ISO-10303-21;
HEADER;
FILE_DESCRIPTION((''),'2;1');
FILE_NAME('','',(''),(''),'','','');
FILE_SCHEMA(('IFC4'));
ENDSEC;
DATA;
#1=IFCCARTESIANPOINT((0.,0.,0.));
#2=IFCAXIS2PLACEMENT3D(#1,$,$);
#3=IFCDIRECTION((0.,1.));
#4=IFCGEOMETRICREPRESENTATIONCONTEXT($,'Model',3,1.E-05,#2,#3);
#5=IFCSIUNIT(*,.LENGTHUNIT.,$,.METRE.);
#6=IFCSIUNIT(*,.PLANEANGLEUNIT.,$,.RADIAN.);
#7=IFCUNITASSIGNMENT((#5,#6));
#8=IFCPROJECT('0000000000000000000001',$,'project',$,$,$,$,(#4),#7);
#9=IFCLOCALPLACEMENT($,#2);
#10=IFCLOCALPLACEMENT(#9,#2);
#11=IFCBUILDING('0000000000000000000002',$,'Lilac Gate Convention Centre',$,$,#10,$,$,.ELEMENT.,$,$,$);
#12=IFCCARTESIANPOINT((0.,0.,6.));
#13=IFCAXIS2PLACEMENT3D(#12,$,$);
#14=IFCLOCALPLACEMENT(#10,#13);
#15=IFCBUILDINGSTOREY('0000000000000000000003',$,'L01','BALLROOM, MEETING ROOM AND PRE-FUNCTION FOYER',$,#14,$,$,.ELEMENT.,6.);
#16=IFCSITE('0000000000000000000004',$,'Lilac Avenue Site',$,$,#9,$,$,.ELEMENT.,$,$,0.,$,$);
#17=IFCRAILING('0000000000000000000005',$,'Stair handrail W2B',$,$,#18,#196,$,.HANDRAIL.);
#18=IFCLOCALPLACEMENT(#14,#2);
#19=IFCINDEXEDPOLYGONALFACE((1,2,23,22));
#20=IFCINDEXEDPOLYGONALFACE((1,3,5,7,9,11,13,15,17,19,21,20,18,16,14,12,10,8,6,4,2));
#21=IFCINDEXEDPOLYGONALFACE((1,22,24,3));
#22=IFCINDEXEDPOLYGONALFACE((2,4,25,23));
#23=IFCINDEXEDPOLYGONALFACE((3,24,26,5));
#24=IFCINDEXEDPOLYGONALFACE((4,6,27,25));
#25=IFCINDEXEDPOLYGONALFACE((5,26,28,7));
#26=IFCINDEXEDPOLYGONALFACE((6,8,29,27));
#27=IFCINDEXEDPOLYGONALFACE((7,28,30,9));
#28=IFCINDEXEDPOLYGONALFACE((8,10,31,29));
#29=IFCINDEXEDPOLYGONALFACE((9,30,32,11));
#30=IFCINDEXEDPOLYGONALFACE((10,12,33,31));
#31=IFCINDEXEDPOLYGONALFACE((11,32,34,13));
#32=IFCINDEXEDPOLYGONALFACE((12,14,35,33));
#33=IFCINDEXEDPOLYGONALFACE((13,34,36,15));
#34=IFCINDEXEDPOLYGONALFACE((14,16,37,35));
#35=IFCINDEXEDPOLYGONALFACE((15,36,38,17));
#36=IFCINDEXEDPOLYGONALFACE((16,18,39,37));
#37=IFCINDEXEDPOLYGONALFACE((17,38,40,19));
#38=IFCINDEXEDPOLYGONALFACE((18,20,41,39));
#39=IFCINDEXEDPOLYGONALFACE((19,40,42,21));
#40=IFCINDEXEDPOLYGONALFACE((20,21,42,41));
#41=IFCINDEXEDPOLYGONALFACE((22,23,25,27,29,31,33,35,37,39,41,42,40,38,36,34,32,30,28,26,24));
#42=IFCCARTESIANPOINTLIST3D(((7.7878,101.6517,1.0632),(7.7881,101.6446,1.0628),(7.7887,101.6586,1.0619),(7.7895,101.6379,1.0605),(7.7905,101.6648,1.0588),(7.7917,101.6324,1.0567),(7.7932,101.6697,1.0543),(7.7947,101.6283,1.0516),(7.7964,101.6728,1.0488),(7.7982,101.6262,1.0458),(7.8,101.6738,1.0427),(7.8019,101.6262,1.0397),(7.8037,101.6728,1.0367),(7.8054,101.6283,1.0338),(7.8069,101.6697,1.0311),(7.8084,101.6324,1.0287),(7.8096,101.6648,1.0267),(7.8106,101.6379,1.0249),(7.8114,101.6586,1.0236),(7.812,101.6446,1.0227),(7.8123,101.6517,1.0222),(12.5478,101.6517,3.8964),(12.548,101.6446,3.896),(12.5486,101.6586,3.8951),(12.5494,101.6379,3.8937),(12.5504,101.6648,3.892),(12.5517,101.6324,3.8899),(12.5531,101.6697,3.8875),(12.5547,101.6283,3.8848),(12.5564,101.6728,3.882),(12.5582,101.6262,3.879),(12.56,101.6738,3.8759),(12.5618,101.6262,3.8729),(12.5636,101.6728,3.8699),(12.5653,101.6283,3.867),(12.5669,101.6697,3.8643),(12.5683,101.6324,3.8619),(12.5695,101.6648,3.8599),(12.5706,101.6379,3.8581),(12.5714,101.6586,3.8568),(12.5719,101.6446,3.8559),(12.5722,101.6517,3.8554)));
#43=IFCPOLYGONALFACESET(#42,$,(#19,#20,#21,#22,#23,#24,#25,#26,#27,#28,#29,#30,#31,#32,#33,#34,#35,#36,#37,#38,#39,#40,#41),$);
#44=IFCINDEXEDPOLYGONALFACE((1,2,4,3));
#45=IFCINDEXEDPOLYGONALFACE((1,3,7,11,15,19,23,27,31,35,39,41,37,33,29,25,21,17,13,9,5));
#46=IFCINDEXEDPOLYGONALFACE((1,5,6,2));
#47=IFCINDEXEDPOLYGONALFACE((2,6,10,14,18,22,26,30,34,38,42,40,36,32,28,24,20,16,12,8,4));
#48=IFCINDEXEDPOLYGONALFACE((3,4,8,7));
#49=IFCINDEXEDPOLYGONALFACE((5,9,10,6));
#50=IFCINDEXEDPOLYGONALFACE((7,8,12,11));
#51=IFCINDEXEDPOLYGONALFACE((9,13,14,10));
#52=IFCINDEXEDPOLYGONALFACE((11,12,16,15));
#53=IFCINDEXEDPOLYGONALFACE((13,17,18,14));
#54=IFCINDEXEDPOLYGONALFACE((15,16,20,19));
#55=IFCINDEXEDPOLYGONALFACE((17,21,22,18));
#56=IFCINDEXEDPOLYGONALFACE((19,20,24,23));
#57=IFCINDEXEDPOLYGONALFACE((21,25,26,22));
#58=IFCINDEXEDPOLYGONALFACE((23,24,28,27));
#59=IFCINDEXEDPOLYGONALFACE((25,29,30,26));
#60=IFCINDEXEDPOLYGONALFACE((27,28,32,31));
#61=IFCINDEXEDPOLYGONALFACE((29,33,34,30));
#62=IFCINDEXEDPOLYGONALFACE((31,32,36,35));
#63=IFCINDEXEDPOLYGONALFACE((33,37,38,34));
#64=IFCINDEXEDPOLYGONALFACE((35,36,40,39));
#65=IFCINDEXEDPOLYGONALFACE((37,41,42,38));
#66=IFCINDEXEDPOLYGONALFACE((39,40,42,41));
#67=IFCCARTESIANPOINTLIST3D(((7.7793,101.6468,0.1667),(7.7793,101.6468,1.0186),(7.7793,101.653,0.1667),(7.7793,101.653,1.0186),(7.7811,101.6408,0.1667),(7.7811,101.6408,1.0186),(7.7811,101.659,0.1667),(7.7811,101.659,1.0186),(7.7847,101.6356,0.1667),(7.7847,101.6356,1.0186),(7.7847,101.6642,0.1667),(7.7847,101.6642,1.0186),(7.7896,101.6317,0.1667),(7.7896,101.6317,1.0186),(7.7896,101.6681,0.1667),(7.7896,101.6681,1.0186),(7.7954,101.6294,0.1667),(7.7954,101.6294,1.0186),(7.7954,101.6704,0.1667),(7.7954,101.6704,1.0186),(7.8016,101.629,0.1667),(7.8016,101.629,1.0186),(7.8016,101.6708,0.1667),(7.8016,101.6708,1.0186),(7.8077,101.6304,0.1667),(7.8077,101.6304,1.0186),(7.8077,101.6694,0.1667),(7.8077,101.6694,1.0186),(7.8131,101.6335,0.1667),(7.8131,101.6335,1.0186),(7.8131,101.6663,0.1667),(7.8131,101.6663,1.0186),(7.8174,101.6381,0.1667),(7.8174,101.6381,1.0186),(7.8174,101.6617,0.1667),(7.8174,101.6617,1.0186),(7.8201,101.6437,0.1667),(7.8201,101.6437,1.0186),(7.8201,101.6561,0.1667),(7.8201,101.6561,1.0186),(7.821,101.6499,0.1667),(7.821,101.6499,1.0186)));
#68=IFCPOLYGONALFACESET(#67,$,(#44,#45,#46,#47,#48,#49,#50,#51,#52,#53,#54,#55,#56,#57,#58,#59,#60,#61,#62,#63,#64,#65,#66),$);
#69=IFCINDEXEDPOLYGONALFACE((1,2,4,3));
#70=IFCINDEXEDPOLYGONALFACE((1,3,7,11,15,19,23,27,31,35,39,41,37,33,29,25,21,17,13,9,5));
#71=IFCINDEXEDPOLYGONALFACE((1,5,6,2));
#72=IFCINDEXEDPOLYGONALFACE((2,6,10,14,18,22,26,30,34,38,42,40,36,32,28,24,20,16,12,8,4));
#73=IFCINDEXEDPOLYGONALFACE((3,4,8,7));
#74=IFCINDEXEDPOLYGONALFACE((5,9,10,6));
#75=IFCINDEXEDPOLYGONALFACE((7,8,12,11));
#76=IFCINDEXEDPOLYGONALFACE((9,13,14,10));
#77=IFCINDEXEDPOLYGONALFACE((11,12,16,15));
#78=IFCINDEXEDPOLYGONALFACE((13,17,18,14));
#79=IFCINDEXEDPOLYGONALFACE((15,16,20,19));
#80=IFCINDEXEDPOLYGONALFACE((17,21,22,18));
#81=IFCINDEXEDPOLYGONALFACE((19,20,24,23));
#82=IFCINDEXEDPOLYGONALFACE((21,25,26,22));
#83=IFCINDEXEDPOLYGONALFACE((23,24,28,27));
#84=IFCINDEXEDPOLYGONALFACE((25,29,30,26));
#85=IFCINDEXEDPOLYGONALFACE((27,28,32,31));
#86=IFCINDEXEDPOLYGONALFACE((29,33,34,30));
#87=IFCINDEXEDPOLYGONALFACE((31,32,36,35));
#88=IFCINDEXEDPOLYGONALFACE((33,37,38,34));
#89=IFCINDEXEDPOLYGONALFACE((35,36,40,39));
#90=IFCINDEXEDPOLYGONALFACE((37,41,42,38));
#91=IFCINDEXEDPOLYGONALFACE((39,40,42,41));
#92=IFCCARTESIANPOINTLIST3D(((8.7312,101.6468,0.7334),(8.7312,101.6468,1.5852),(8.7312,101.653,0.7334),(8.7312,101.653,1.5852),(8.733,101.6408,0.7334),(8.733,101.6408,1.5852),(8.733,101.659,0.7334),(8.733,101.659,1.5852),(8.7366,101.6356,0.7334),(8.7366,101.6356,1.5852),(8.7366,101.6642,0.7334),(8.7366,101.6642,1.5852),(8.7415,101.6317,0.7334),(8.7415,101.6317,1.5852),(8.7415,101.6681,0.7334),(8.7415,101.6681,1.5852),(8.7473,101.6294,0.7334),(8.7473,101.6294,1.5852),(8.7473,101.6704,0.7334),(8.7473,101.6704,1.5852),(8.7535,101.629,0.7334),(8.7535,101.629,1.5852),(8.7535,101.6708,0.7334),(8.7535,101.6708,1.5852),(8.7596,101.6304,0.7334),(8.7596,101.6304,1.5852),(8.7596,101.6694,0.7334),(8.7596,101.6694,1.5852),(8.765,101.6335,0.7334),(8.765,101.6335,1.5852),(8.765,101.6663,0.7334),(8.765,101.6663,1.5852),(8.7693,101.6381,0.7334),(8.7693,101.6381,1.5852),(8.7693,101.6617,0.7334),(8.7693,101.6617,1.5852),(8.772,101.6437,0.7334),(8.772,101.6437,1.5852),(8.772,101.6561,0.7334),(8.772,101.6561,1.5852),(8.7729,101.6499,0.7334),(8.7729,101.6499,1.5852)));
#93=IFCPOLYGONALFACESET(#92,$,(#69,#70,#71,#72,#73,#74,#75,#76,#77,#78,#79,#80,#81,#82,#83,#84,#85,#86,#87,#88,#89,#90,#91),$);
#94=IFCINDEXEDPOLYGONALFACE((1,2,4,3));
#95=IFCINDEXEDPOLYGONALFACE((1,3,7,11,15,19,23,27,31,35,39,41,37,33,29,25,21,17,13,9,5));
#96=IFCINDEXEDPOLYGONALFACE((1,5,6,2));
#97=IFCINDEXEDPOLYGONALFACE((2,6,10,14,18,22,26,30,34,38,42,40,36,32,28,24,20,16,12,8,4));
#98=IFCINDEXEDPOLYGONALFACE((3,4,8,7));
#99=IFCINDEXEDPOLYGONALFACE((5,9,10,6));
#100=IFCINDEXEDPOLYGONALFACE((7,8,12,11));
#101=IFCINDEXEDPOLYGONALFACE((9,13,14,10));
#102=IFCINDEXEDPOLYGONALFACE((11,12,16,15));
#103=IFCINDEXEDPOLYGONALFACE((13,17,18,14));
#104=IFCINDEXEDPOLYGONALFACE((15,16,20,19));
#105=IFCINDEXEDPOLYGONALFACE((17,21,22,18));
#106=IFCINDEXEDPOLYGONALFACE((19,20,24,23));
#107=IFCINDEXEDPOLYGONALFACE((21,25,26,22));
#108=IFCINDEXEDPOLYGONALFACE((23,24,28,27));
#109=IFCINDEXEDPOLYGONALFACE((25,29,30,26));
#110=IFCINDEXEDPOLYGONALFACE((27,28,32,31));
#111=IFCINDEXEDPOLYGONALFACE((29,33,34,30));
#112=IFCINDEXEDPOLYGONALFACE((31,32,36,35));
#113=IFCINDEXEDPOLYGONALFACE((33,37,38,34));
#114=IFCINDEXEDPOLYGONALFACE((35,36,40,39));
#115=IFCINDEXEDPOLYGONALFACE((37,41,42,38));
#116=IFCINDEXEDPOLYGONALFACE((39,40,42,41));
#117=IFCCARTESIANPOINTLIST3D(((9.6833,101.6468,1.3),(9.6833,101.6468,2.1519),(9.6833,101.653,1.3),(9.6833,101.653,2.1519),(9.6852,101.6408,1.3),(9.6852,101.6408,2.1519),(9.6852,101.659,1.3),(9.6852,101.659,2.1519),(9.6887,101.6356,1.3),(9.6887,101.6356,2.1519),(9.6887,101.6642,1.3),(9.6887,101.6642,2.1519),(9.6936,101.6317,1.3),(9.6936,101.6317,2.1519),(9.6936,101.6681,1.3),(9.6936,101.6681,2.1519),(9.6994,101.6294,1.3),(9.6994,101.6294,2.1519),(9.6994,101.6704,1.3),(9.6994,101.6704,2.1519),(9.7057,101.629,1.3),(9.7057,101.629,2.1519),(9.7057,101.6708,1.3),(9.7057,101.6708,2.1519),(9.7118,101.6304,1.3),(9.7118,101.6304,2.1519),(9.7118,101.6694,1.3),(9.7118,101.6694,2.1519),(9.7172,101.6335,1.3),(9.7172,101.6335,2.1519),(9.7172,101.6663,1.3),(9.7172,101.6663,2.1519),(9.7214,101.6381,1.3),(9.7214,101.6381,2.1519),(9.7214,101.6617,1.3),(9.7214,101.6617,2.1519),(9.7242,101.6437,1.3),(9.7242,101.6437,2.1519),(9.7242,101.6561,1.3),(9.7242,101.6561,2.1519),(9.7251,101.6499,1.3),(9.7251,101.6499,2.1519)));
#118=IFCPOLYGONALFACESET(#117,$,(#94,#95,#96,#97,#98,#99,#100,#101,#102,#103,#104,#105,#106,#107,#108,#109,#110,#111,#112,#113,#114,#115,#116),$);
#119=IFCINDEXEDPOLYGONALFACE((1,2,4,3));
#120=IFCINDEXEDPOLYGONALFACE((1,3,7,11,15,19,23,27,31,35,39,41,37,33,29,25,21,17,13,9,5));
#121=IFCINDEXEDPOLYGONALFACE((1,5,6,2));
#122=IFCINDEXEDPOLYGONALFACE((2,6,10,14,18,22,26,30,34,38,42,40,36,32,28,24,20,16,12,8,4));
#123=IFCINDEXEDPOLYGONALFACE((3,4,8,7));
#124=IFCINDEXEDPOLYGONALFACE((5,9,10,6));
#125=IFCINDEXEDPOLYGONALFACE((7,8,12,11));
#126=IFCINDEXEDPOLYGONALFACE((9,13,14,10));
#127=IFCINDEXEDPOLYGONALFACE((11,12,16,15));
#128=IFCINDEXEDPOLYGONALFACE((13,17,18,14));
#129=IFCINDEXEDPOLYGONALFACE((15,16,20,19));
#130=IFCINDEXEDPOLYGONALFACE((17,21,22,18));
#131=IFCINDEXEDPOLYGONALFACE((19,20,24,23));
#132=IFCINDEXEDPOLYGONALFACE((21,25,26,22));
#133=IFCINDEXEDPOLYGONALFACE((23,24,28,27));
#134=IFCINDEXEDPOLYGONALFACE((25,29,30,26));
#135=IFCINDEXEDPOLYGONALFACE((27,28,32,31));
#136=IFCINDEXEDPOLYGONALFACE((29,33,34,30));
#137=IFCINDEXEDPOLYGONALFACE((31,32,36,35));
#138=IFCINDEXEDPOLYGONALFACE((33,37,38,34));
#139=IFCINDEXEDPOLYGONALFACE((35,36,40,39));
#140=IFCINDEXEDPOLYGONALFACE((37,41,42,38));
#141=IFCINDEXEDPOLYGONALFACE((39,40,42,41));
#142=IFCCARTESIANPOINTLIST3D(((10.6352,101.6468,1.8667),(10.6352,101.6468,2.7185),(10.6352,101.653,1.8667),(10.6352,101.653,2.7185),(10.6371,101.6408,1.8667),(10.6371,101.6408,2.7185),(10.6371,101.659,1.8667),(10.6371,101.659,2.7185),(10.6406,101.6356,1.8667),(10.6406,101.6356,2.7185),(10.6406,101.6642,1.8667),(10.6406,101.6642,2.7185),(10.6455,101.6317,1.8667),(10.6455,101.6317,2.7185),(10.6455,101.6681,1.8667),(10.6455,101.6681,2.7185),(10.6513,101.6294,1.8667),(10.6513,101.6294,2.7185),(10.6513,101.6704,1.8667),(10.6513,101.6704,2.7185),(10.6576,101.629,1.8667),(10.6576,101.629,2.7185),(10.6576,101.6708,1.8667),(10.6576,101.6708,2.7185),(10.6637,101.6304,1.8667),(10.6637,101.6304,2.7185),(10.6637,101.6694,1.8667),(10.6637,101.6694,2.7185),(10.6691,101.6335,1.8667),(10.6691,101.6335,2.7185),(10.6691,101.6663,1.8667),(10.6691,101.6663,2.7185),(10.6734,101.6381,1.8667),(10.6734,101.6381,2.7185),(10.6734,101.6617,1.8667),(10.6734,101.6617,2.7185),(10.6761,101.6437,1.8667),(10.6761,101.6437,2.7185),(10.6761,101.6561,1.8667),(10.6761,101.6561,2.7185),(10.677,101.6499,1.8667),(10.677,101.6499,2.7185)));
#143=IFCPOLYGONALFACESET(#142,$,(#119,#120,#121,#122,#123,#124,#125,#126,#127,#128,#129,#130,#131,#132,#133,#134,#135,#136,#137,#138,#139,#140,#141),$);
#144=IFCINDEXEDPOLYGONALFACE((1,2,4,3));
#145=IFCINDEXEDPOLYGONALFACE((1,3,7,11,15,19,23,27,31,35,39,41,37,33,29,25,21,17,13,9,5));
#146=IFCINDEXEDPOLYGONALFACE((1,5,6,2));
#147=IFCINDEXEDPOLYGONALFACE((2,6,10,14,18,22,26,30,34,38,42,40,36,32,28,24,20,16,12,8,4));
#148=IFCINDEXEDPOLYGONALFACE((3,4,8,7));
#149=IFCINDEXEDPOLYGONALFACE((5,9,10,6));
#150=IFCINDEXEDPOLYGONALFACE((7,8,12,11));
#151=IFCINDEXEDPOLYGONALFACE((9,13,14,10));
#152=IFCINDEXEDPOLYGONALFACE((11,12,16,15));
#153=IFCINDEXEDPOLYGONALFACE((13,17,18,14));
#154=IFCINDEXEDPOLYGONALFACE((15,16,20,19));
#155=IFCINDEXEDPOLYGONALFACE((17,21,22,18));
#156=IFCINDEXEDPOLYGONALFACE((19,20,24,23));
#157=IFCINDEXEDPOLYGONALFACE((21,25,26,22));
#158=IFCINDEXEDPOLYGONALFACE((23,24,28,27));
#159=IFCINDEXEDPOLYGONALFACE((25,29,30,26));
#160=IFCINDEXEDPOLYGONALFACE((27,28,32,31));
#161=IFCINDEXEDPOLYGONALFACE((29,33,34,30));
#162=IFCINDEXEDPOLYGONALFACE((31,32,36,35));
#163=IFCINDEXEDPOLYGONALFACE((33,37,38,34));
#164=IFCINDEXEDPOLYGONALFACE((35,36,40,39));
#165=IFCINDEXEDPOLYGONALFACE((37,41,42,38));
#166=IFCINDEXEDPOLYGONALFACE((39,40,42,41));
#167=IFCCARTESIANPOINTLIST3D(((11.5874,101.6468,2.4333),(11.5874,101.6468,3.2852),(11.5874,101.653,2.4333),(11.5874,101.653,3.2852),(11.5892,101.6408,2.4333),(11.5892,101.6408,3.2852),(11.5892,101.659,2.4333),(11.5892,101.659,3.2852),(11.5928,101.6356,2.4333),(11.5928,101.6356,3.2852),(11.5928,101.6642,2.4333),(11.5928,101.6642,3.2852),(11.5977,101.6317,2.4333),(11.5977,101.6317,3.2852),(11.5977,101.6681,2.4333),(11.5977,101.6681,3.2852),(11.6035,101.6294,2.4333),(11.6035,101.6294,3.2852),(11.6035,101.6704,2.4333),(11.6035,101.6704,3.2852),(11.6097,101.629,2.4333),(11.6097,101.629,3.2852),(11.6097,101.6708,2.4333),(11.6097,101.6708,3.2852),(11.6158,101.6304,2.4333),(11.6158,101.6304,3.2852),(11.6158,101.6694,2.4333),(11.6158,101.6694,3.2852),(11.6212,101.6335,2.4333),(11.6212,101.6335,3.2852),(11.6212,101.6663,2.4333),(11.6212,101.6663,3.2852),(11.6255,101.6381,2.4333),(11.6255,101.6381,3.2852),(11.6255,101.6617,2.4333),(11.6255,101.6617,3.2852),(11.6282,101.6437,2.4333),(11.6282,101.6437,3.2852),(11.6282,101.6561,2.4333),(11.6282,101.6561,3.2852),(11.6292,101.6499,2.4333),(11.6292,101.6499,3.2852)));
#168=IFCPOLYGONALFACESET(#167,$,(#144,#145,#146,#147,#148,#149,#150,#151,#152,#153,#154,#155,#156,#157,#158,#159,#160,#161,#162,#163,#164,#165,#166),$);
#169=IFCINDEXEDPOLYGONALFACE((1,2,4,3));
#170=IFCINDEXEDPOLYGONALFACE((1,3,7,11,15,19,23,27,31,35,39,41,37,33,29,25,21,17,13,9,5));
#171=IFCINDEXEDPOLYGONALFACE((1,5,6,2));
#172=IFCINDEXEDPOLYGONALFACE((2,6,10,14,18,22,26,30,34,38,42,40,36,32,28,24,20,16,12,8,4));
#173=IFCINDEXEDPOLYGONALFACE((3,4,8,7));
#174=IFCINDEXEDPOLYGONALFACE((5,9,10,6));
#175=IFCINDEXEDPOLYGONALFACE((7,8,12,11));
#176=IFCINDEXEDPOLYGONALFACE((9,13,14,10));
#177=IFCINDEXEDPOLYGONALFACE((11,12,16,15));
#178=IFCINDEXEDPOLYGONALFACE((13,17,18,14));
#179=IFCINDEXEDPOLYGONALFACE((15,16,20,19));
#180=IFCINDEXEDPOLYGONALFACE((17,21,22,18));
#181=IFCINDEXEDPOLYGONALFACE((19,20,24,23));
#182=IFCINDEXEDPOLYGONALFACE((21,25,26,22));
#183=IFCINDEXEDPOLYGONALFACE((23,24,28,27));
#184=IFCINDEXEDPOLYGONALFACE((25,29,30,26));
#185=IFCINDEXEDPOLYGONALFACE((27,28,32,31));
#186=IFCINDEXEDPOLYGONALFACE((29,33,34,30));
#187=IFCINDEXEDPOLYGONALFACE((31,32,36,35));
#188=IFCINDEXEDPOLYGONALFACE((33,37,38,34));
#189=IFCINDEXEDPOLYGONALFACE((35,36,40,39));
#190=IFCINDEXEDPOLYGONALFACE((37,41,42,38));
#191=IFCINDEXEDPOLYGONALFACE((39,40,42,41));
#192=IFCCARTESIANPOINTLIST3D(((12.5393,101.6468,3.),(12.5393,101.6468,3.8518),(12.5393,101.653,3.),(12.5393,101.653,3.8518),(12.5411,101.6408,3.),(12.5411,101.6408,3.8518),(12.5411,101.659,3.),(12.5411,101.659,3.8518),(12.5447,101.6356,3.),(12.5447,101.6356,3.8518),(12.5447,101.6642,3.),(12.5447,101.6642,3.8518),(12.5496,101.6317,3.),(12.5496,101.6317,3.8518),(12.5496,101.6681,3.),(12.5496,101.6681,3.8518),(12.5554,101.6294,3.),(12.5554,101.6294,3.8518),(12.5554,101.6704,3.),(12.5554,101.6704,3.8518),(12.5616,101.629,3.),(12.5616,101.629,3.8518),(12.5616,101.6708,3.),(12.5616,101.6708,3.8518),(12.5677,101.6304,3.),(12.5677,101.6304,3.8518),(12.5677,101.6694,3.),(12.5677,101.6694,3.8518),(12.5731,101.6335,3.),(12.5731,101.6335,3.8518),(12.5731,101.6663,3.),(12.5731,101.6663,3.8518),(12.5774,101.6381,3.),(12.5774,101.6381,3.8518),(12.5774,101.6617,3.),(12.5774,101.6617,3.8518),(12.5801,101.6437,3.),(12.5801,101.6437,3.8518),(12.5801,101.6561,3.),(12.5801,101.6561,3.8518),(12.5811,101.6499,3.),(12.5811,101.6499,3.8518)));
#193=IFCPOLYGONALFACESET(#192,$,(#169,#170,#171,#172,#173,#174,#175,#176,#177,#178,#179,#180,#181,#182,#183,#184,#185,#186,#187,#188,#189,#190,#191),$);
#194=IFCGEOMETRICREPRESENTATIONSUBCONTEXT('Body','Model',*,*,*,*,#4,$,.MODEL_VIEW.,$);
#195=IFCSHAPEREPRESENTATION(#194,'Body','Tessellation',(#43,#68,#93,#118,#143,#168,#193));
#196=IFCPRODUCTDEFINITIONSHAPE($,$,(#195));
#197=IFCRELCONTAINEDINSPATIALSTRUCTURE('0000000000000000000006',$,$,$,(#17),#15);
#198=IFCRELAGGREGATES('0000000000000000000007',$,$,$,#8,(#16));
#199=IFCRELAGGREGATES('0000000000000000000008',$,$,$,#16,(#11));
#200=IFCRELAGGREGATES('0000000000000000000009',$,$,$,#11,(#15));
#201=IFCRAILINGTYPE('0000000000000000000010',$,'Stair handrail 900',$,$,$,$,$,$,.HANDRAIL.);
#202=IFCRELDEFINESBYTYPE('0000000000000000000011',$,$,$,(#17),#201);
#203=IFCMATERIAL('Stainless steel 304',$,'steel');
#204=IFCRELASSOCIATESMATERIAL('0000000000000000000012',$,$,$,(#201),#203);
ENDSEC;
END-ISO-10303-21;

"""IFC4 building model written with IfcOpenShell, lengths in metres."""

from ifc_helpers import new_model, si_unit, direction, frame, origin, origin_2d, place, context, subcontext, project, spatial, circle, extrude, material, type_object, element, save


model = new_model("IFC4")

# Units and contexts
model_context = context("Model", 3, precision=1e-05, world=origin(), true_north=direction((0.0, 1.0)))
body_context = subcontext(model_context, "Body", "Model", "MODEL_VIEW")
ifc_project = project(units=[si_unit("LENGTHUNIT", "METRE"), si_unit("PLANEANGLEUNIT", "RADIAN")], contexts=[model_context])

# Site, building, storey
site_placement = place(None, origin())
site = spatial("IfcSite", under=ifc_project, at=site_placement, Name="Lilac Avenue Site", CompositionType="ELEMENT", RefElevation=0.0)
building_placement = place(site_placement, origin())
building = spatial("IfcBuilding", under=site, at=building_placement, Name="Lilac Gate Convention Centre", CompositionType="ELEMENT")
storey_placement = place(building_placement, frame((0.0, 0.0, 6.0)))
storey = spatial("IfcBuildingStorey", under=building, at=storey_placement, Name="L01", Description="BALLROOM, MEETING ROOM AND PRE-FUNCTION FOYER", CompositionType="ELEMENT", Elevation=6.0)

# Railing
ifc_material_1 = material(Name="Stainless steel 304", Category="steel")
railing_type_1 = type_object("IfcRailingType", Name="Stair handrail 900", PredefinedType="HANDRAIL", material=ifc_material_1)
for number, where, name in (
    (1, (7.8, 101.6499, 0.1667), "Stair handrail W2B"),
):
    element("IfcRailing", number, at=place(storey_placement, frame(where)), inside=storey, type_object=railing_type_1, Name=name, PredefinedType="HANDRAIL", context=body_context, shape_type="SweptSolid", body=[
        extrude(circle(Radius=0.0239, at=origin_2d()), frame((0.0, 0.0, 0.876), z_axis=(0.8593, 0.0, 0.511472), x_axis=(0.0, 1.0, 0.0)), (0.0, 0.0, 1.0), 5.5393),
        extrude(circle(Radius=0.021, at=origin_2d()), origin(), (0.0, 0.0, 1.0), 0.8518),
        extrude(circle(Radius=0.021, at=origin_2d()), frame((0.9519, 0.0, 0.5667)), (0.0, 0.0, 1.0), 0.8518),
        extrude(circle(Radius=0.021, at=origin_2d()), frame((1.9041, 0.0, 1.1333)), (0.0, 0.0, 1.0), 0.8518),
        extrude(circle(Radius=0.021, at=origin_2d()), frame((2.856, 0.0, 1.7)), (0.0, 0.0, 1.0), 0.8518),
        extrude(circle(Radius=0.021, at=origin_2d()), frame((3.8081, 0.0, 2.2666)), (0.0, 0.0, 1.0), 0.8518),
        extrude(circle(Radius=0.021, at=origin_2d()), frame((4.76, 0.0, 2.8333)), (0.0, 0.0, 1.0), 0.8518),
    ])

save(model, "model.ifc")
